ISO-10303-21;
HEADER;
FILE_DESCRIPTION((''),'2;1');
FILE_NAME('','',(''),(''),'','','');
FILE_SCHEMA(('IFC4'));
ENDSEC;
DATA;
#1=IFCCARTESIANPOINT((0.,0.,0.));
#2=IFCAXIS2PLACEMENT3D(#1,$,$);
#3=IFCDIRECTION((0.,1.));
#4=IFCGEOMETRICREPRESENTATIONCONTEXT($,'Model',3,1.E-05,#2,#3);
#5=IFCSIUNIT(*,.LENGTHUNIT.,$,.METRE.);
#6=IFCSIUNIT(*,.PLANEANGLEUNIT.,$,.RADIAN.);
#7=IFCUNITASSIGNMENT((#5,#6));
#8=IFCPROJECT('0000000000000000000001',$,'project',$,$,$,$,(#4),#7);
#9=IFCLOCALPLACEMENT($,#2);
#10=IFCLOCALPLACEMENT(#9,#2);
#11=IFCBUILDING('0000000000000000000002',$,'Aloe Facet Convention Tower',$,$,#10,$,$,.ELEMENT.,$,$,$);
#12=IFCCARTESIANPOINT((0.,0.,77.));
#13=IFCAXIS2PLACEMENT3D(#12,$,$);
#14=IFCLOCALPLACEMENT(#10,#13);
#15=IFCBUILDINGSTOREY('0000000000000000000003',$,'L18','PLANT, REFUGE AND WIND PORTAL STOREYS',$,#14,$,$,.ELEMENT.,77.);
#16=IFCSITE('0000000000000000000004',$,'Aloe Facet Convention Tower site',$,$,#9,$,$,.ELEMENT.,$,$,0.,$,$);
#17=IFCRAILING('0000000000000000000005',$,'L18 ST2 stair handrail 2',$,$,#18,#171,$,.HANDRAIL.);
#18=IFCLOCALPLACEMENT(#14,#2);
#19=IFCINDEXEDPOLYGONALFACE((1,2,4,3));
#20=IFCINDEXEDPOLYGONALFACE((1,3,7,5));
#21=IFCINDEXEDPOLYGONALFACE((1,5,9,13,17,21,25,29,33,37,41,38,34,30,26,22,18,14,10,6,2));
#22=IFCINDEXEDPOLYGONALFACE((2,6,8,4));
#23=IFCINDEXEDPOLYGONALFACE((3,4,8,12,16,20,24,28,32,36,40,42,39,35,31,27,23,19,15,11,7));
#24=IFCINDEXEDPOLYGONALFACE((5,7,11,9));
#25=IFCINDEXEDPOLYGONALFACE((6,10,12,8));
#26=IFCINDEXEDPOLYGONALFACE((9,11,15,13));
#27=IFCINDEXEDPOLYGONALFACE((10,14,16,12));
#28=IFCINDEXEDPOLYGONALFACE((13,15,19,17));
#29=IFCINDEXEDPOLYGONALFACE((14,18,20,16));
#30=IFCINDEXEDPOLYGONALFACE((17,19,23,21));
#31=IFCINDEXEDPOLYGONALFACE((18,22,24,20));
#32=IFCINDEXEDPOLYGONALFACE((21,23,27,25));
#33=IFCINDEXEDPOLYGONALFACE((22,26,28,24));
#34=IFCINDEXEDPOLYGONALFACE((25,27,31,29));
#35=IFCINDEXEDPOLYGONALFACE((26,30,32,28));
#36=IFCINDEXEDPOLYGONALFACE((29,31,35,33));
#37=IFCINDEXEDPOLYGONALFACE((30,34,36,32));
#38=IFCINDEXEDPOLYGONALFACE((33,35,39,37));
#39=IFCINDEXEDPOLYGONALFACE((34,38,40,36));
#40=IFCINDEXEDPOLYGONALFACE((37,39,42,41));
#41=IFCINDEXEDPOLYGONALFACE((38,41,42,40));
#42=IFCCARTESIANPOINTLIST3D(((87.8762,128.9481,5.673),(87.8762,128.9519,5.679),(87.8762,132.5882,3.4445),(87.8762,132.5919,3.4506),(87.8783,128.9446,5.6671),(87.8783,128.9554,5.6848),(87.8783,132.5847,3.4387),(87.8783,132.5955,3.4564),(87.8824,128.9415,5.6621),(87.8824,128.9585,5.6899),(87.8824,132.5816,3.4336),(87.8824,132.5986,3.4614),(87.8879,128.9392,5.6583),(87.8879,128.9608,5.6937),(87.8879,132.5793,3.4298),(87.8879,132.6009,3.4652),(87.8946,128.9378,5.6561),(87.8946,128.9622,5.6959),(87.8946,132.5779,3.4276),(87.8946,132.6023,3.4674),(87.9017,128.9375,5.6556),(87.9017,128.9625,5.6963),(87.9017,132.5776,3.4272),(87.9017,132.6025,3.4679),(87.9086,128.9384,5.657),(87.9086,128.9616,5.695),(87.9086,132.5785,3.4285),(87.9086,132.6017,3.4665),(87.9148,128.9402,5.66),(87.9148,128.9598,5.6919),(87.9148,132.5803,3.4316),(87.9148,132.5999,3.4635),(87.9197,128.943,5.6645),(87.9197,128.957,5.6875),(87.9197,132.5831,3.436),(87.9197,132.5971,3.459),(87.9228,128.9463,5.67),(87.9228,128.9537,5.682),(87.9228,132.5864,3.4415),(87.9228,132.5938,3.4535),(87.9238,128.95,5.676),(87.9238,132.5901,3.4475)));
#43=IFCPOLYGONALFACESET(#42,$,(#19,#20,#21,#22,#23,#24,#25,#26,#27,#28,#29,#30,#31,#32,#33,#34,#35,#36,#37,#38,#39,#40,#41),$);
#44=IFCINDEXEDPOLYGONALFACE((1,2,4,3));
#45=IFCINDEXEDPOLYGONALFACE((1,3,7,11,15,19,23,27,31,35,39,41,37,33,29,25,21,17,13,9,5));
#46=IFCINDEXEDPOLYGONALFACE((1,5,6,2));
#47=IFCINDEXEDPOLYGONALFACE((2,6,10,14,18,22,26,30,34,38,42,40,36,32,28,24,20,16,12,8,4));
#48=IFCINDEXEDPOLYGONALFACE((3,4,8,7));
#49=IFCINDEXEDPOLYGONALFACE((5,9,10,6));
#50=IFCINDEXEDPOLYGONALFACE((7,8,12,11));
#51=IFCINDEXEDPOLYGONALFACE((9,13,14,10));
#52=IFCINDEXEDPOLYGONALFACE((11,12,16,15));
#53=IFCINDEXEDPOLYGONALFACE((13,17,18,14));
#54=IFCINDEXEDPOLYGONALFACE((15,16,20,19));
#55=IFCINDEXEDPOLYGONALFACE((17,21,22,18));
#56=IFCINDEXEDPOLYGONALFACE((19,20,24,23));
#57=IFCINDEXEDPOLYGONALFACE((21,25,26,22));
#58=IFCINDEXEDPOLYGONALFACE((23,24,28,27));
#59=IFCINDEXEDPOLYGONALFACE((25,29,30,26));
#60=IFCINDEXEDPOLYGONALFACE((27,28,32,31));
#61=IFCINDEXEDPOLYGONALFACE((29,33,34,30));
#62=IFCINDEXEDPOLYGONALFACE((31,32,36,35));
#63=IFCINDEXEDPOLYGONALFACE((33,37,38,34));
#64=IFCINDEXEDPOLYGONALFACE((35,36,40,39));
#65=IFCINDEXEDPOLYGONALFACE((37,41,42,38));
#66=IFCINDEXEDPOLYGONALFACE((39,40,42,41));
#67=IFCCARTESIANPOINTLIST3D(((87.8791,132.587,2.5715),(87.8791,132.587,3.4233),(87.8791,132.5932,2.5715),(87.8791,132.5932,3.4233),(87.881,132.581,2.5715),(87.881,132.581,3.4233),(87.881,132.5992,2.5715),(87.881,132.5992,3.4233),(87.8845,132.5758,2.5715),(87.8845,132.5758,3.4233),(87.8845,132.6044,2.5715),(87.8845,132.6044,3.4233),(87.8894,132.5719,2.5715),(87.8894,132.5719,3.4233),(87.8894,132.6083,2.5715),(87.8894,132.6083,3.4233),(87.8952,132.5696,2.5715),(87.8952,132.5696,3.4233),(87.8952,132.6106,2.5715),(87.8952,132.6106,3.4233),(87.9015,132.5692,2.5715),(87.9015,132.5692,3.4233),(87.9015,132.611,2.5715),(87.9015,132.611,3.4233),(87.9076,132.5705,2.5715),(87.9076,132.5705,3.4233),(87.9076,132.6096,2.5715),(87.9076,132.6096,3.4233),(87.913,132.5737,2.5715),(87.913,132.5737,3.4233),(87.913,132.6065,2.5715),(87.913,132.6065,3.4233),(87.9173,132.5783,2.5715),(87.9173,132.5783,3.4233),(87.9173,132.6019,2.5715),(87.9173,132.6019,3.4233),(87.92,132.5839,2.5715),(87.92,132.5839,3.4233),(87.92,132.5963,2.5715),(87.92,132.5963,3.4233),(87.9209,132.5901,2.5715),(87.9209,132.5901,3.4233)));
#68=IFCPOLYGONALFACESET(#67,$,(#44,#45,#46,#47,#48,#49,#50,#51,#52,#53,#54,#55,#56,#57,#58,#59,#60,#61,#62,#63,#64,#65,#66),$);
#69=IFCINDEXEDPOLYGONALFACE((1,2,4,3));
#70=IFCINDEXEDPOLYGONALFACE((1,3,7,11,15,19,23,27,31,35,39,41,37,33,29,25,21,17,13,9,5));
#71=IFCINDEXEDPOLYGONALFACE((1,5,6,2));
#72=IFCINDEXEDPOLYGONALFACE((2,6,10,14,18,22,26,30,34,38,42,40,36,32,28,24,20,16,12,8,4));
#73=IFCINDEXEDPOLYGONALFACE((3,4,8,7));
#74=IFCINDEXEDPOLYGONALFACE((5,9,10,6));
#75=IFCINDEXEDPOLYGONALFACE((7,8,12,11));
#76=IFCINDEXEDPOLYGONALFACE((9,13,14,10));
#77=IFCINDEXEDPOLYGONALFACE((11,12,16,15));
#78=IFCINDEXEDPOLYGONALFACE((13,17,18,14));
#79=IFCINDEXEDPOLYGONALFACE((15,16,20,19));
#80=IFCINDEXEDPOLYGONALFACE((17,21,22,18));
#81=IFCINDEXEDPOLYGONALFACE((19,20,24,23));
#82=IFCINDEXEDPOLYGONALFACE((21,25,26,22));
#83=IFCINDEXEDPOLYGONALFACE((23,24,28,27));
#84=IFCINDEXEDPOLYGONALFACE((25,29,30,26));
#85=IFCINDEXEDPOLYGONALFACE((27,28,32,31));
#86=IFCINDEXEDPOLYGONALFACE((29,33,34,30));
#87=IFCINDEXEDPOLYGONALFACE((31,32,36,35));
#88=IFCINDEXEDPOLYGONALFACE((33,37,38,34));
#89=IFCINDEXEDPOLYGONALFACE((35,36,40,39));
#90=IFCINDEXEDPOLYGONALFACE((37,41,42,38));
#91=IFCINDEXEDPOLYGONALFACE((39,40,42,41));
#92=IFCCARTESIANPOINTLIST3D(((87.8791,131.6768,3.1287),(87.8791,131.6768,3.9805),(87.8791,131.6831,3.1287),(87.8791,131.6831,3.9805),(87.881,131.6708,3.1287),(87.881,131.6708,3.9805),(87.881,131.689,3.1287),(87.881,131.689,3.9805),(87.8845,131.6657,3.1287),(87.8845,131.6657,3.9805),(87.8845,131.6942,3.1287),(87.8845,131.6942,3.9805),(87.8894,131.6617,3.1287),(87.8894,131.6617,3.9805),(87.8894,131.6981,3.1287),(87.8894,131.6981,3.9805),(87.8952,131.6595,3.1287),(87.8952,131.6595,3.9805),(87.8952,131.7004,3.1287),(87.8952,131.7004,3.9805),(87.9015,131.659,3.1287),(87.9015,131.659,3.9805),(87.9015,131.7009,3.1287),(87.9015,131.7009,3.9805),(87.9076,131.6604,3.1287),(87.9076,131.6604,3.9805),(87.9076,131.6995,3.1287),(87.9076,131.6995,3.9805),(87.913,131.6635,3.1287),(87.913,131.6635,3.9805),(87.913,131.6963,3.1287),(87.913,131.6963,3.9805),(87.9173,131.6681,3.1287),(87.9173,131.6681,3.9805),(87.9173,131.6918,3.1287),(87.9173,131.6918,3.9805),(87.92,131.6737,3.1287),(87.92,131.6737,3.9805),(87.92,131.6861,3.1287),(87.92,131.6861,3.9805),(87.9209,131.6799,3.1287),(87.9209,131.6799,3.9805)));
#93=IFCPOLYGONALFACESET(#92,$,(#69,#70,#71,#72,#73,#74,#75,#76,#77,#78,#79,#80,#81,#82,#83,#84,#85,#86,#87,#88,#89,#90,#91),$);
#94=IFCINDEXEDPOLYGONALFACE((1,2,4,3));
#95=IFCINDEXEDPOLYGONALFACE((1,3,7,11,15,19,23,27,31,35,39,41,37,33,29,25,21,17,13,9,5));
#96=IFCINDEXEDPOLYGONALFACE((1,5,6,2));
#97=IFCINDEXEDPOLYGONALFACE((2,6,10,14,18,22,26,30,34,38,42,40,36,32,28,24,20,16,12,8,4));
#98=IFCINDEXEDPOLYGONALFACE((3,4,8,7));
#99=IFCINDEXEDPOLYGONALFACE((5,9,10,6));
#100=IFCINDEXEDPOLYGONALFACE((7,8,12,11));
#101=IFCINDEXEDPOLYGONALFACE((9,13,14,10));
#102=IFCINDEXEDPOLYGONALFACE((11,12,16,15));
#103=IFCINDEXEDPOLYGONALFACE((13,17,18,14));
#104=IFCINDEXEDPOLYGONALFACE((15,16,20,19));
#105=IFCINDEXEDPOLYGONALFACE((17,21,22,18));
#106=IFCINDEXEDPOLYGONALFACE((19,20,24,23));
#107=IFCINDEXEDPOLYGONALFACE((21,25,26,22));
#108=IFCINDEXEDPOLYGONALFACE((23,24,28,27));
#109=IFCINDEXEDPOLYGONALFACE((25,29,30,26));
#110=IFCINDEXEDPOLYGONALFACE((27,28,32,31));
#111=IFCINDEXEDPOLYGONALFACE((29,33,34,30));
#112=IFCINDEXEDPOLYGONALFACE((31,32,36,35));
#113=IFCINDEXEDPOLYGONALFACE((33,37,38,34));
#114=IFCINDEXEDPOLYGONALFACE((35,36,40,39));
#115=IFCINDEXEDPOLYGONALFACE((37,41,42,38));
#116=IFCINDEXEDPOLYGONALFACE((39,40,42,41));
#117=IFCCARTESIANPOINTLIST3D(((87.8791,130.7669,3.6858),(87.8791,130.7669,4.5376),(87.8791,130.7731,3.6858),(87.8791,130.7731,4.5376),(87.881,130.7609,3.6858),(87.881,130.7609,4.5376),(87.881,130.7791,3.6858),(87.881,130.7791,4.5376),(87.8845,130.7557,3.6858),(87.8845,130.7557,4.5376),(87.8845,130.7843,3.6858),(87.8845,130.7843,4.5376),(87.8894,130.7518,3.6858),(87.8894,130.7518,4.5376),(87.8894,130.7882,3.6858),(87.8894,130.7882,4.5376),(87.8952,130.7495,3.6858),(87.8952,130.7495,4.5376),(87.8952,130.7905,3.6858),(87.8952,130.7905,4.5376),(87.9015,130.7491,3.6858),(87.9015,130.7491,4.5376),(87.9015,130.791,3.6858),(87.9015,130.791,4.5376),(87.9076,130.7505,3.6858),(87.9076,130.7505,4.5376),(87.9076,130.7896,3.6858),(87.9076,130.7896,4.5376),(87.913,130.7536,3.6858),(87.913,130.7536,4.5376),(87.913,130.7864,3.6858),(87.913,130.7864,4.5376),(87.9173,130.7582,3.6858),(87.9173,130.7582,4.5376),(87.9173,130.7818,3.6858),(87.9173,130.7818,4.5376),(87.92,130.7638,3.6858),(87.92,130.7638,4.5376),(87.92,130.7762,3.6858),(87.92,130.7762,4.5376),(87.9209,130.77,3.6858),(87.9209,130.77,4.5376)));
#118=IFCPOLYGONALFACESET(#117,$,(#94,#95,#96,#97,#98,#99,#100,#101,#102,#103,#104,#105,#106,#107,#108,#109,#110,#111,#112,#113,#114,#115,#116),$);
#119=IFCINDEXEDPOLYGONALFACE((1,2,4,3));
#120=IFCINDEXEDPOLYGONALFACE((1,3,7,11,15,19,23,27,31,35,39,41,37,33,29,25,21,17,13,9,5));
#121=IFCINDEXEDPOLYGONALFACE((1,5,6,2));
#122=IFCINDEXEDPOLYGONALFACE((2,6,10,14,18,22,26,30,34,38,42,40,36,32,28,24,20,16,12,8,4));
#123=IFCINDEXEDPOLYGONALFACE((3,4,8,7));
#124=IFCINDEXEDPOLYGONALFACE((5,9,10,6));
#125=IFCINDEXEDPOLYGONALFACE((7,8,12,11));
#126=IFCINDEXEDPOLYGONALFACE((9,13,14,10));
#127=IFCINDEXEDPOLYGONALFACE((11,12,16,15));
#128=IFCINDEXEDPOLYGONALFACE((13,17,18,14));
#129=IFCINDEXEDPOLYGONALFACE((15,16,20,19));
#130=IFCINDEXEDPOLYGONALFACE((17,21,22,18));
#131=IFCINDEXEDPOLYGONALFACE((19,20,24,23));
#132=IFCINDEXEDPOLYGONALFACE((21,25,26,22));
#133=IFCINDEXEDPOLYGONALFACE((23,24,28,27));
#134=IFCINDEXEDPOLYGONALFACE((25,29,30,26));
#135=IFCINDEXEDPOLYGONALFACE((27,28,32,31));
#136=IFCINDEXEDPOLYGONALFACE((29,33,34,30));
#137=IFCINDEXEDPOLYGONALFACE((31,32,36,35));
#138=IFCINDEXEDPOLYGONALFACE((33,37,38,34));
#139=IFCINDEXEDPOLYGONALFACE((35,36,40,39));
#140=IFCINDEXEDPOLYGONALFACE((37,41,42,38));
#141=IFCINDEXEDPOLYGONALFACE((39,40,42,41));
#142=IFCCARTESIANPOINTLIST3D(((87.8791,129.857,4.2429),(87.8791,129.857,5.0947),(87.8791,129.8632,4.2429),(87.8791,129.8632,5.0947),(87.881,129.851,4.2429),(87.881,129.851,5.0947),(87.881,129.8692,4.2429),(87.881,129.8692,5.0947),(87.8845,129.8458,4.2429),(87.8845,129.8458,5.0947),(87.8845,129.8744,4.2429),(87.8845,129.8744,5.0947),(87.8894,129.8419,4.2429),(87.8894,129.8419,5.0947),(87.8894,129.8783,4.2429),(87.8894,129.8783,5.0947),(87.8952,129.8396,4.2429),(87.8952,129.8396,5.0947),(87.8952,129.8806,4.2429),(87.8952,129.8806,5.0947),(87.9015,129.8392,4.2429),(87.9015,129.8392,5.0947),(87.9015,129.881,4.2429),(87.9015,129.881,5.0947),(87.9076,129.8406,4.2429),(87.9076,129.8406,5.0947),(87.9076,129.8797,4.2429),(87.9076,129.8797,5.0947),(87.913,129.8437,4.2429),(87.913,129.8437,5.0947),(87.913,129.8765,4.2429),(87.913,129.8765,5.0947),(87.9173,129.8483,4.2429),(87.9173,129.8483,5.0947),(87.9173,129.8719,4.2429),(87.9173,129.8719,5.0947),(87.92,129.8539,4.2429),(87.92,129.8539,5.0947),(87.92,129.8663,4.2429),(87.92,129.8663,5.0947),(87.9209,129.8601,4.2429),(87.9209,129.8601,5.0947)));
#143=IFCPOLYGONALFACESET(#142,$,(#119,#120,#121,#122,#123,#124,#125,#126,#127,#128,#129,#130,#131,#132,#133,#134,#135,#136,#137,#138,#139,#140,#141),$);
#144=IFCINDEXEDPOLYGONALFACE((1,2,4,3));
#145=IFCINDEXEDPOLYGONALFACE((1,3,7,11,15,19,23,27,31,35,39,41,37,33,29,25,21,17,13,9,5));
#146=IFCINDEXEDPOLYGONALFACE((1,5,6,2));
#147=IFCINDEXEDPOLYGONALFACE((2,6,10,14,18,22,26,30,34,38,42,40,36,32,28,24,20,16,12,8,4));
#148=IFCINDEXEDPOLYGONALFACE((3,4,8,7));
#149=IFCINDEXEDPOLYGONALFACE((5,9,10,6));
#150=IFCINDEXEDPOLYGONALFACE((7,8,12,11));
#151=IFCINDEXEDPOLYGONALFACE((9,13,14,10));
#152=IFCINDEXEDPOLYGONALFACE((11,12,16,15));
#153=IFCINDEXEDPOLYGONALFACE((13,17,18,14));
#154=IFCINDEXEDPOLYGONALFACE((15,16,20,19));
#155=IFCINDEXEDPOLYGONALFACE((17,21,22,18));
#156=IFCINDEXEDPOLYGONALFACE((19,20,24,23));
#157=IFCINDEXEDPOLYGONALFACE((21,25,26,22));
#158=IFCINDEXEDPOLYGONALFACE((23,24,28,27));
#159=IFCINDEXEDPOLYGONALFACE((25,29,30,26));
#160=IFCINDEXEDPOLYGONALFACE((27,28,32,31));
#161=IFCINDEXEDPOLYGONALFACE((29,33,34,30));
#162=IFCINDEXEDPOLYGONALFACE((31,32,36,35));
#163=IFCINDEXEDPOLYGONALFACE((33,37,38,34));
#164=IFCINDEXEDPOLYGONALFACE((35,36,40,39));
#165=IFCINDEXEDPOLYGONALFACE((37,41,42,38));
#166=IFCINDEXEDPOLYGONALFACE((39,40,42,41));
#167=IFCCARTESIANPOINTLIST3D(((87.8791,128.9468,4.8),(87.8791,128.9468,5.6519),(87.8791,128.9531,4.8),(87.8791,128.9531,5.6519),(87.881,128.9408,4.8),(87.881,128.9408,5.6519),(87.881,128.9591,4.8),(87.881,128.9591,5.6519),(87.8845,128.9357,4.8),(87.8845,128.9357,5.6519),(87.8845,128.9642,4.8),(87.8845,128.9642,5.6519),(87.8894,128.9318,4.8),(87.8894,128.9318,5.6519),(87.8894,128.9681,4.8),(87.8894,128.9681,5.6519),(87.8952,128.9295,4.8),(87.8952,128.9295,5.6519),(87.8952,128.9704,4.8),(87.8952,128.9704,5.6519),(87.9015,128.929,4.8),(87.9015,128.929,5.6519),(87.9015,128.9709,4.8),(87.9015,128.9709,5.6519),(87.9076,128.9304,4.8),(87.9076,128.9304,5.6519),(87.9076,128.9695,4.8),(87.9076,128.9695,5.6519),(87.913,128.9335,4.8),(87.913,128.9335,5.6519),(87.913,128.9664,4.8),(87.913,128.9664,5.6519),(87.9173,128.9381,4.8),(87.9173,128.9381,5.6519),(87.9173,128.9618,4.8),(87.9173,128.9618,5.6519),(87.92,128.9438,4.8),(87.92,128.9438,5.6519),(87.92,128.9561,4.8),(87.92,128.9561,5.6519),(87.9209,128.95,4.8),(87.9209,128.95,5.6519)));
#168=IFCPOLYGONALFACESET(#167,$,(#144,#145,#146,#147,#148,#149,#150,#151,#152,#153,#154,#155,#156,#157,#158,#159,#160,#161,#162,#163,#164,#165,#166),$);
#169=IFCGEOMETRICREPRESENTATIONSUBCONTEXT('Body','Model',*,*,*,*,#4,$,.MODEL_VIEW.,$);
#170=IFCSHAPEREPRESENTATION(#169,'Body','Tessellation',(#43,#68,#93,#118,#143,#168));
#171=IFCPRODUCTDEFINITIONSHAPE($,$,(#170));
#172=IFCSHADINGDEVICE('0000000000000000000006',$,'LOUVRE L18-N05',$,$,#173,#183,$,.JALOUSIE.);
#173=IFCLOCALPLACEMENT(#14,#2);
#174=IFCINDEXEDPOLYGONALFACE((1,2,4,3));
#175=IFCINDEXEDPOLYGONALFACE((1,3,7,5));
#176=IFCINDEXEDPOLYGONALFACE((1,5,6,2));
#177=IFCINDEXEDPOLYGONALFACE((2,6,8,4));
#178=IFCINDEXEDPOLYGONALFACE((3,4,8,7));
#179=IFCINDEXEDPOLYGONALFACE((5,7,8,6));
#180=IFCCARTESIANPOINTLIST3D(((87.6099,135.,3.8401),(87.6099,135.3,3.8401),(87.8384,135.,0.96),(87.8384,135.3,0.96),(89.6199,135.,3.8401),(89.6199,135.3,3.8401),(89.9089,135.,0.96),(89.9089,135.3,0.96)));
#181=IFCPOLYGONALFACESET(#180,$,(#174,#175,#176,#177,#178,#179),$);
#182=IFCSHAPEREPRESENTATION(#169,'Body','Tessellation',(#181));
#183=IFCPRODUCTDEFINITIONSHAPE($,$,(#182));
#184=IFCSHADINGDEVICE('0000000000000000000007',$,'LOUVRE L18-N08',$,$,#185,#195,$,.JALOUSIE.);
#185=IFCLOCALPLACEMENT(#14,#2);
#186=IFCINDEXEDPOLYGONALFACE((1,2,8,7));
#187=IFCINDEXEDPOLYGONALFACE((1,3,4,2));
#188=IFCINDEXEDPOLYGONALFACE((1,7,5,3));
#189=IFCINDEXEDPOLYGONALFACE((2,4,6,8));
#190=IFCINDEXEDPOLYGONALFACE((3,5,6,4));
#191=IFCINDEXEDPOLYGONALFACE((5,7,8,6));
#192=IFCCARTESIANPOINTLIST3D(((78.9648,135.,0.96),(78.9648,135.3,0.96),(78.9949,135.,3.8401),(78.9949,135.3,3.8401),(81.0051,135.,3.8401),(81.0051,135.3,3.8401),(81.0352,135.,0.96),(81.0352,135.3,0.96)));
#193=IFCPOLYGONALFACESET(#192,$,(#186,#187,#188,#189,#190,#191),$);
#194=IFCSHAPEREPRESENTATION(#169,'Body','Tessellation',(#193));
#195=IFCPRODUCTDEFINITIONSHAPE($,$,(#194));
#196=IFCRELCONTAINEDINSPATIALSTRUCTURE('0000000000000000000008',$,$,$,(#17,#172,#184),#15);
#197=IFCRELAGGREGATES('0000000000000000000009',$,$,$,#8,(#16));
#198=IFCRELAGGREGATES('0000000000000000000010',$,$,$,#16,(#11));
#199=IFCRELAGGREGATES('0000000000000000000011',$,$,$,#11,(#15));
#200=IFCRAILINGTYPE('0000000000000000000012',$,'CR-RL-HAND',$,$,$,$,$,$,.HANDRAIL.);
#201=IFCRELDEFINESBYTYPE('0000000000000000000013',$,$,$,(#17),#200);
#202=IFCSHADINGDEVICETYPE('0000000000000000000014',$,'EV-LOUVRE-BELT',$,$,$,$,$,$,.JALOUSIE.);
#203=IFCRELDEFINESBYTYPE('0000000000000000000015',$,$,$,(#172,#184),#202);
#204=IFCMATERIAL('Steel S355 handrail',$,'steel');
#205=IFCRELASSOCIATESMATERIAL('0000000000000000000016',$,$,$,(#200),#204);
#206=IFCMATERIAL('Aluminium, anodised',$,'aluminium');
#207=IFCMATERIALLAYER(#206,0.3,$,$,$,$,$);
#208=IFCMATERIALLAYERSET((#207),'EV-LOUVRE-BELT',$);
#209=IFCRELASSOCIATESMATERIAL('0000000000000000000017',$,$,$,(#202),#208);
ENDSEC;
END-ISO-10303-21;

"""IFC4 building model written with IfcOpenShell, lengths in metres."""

from ifc_helpers import new_model, si_unit, direction, frame, origin, origin_2d, place, context, subcontext, project, spatial, polyline, circle, outline, extrude, material, layer, layer_set, type_object, element, save


model = new_model("IFC4")

# Units and contexts
model_context = context("Model", 3, precision=1e-05, world=origin(), true_north=direction((0.0, 1.0)))
body_context = subcontext(model_context, "Body", "Model", "MODEL_VIEW")
ifc_project = project(units=[si_unit("LENGTHUNIT", "METRE"), si_unit("PLANEANGLEUNIT", "RADIAN")], contexts=[model_context])

# Site, building, storey
site_placement = place(None, origin())
site = spatial("IfcSite", under=ifc_project, at=site_placement, Name="Aloe Facet Convention Tower site", CompositionType="ELEMENT", RefElevation=0.0)
building_placement = place(site_placement, origin())
building = spatial("IfcBuilding", under=site, at=building_placement, Name="Aloe Facet Convention Tower", CompositionType="ELEMENT")
storey_placement = place(building_placement, frame((0.0, 0.0, 77.0)))
storey = spatial("IfcBuildingStorey", under=building, at=storey_placement, Name="L18", Description="PLANT, REFUGE AND WIND PORTAL STOREYS", CompositionType="ELEMENT", Elevation=77.0)

# Railing
ifc_material_1 = material(Name="Steel S355 handrail", Category="steel")
railing_type_1 = type_object("IfcRailingType", Name="CR-RL-HAND", PredefinedType="HANDRAIL", material=ifc_material_1)
railing_1_placement = place(storey_placement, frame((87.8999, 132.5901, 2.5715)))
element("IfcRailing", 1, at=railing_1_placement, inside=storey, type_object=railing_type_1, Name="L18 ST2 stair handrail 2", PredefinedType="HANDRAIL", context=body_context, shape_type="SweptSolid", body=[
    extrude(circle(Radius=0.0239, at=origin_2d()), frame((0.0, 0.0, 0.876), z_axis=(0.0, -0.852866, 0.52213), x_axis=(1.0, 0.0, 0.0)), (0.0, 0.0, 1.0), 4.2681),
    extrude(circle(Radius=0.021, at=origin_2d()), origin(), (0.0, 0.0, 1.0), 0.8518),
    extrude(circle(Radius=0.021, at=origin_2d()), frame((0.0, -0.9102, 0.5571)), (0.0, 0.0, 1.0), 0.8518),
    extrude(circle(Radius=0.021, at=origin_2d()), frame((0.0, -1.8201, 1.1143)), (0.0, 0.0, 1.0), 0.8518),
    extrude(circle(Radius=0.021, at=origin_2d()), frame((0.0, -2.73, 1.6714)), (0.0, 0.0, 1.0), 0.8518),
    extrude(circle(Radius=0.021, at=origin_2d()), frame((0.0, -3.6401, 2.2285)), (0.0, 0.0, 1.0), 0.8518),
])

# Shading devices
ifc_material_2 = material(Name="Aluminium, anodised", Category="aluminium")
ifc_layer_1 = layer(ifc_material_2, 0.3)
ifc_layer_set_1 = layer_set([ifc_layer_1], Name="EV-LOUVRE-BELT")
shading_device_type = type_object("IfcShadingDeviceType", Name="EV-LOUVRE-BELT", PredefinedType="JALOUSIE", material=ifc_layer_set_1)
shading_device_1_placement = place(storey_placement, frame((89.9089, 135.3, 0.96), z_axis=(0.0, 1.0, 0.0), x_axis=(-1.0, 0.0, 0.0)))
element("IfcShadingDevice", 2, at=shading_device_1_placement, inside=storey, type_object=shading_device_type, Name="LOUVRE L18-N05", PredefinedType="JALOUSIE", context=body_context, shape_type="SweptSolid", body=[
    extrude(outline(polyline([(0.0, 0.0), (2.0706, 0.0), (2.2991, 2.8801), (0.2891, 2.8801), (0.0, 0.0)])), origin(), (0.0, 0.0, -1.0), 0.3),
])
shading_device_2_placement = place(storey_placement, frame((81.0352, 135.3, 0.96), z_axis=(0.0, 1.0, 0.0), x_axis=(-1.0, 0.0, 0.0)))
element("IfcShadingDevice", 3, at=shading_device_2_placement, inside=storey, type_object=shading_device_type, Name="LOUVRE L18-N08", PredefinedType="JALOUSIE", context=body_context, shape_type="SweptSolid", body=[
    extrude(outline(polyline([(0.0, 0.0), (2.0703, 0.0), (2.0403, 2.8801), (0.03, 2.8801), (0.0, 0.0)])), origin(), (0.0, 0.0, -1.0), 0.3),
])

save(model, "model.ifc")
